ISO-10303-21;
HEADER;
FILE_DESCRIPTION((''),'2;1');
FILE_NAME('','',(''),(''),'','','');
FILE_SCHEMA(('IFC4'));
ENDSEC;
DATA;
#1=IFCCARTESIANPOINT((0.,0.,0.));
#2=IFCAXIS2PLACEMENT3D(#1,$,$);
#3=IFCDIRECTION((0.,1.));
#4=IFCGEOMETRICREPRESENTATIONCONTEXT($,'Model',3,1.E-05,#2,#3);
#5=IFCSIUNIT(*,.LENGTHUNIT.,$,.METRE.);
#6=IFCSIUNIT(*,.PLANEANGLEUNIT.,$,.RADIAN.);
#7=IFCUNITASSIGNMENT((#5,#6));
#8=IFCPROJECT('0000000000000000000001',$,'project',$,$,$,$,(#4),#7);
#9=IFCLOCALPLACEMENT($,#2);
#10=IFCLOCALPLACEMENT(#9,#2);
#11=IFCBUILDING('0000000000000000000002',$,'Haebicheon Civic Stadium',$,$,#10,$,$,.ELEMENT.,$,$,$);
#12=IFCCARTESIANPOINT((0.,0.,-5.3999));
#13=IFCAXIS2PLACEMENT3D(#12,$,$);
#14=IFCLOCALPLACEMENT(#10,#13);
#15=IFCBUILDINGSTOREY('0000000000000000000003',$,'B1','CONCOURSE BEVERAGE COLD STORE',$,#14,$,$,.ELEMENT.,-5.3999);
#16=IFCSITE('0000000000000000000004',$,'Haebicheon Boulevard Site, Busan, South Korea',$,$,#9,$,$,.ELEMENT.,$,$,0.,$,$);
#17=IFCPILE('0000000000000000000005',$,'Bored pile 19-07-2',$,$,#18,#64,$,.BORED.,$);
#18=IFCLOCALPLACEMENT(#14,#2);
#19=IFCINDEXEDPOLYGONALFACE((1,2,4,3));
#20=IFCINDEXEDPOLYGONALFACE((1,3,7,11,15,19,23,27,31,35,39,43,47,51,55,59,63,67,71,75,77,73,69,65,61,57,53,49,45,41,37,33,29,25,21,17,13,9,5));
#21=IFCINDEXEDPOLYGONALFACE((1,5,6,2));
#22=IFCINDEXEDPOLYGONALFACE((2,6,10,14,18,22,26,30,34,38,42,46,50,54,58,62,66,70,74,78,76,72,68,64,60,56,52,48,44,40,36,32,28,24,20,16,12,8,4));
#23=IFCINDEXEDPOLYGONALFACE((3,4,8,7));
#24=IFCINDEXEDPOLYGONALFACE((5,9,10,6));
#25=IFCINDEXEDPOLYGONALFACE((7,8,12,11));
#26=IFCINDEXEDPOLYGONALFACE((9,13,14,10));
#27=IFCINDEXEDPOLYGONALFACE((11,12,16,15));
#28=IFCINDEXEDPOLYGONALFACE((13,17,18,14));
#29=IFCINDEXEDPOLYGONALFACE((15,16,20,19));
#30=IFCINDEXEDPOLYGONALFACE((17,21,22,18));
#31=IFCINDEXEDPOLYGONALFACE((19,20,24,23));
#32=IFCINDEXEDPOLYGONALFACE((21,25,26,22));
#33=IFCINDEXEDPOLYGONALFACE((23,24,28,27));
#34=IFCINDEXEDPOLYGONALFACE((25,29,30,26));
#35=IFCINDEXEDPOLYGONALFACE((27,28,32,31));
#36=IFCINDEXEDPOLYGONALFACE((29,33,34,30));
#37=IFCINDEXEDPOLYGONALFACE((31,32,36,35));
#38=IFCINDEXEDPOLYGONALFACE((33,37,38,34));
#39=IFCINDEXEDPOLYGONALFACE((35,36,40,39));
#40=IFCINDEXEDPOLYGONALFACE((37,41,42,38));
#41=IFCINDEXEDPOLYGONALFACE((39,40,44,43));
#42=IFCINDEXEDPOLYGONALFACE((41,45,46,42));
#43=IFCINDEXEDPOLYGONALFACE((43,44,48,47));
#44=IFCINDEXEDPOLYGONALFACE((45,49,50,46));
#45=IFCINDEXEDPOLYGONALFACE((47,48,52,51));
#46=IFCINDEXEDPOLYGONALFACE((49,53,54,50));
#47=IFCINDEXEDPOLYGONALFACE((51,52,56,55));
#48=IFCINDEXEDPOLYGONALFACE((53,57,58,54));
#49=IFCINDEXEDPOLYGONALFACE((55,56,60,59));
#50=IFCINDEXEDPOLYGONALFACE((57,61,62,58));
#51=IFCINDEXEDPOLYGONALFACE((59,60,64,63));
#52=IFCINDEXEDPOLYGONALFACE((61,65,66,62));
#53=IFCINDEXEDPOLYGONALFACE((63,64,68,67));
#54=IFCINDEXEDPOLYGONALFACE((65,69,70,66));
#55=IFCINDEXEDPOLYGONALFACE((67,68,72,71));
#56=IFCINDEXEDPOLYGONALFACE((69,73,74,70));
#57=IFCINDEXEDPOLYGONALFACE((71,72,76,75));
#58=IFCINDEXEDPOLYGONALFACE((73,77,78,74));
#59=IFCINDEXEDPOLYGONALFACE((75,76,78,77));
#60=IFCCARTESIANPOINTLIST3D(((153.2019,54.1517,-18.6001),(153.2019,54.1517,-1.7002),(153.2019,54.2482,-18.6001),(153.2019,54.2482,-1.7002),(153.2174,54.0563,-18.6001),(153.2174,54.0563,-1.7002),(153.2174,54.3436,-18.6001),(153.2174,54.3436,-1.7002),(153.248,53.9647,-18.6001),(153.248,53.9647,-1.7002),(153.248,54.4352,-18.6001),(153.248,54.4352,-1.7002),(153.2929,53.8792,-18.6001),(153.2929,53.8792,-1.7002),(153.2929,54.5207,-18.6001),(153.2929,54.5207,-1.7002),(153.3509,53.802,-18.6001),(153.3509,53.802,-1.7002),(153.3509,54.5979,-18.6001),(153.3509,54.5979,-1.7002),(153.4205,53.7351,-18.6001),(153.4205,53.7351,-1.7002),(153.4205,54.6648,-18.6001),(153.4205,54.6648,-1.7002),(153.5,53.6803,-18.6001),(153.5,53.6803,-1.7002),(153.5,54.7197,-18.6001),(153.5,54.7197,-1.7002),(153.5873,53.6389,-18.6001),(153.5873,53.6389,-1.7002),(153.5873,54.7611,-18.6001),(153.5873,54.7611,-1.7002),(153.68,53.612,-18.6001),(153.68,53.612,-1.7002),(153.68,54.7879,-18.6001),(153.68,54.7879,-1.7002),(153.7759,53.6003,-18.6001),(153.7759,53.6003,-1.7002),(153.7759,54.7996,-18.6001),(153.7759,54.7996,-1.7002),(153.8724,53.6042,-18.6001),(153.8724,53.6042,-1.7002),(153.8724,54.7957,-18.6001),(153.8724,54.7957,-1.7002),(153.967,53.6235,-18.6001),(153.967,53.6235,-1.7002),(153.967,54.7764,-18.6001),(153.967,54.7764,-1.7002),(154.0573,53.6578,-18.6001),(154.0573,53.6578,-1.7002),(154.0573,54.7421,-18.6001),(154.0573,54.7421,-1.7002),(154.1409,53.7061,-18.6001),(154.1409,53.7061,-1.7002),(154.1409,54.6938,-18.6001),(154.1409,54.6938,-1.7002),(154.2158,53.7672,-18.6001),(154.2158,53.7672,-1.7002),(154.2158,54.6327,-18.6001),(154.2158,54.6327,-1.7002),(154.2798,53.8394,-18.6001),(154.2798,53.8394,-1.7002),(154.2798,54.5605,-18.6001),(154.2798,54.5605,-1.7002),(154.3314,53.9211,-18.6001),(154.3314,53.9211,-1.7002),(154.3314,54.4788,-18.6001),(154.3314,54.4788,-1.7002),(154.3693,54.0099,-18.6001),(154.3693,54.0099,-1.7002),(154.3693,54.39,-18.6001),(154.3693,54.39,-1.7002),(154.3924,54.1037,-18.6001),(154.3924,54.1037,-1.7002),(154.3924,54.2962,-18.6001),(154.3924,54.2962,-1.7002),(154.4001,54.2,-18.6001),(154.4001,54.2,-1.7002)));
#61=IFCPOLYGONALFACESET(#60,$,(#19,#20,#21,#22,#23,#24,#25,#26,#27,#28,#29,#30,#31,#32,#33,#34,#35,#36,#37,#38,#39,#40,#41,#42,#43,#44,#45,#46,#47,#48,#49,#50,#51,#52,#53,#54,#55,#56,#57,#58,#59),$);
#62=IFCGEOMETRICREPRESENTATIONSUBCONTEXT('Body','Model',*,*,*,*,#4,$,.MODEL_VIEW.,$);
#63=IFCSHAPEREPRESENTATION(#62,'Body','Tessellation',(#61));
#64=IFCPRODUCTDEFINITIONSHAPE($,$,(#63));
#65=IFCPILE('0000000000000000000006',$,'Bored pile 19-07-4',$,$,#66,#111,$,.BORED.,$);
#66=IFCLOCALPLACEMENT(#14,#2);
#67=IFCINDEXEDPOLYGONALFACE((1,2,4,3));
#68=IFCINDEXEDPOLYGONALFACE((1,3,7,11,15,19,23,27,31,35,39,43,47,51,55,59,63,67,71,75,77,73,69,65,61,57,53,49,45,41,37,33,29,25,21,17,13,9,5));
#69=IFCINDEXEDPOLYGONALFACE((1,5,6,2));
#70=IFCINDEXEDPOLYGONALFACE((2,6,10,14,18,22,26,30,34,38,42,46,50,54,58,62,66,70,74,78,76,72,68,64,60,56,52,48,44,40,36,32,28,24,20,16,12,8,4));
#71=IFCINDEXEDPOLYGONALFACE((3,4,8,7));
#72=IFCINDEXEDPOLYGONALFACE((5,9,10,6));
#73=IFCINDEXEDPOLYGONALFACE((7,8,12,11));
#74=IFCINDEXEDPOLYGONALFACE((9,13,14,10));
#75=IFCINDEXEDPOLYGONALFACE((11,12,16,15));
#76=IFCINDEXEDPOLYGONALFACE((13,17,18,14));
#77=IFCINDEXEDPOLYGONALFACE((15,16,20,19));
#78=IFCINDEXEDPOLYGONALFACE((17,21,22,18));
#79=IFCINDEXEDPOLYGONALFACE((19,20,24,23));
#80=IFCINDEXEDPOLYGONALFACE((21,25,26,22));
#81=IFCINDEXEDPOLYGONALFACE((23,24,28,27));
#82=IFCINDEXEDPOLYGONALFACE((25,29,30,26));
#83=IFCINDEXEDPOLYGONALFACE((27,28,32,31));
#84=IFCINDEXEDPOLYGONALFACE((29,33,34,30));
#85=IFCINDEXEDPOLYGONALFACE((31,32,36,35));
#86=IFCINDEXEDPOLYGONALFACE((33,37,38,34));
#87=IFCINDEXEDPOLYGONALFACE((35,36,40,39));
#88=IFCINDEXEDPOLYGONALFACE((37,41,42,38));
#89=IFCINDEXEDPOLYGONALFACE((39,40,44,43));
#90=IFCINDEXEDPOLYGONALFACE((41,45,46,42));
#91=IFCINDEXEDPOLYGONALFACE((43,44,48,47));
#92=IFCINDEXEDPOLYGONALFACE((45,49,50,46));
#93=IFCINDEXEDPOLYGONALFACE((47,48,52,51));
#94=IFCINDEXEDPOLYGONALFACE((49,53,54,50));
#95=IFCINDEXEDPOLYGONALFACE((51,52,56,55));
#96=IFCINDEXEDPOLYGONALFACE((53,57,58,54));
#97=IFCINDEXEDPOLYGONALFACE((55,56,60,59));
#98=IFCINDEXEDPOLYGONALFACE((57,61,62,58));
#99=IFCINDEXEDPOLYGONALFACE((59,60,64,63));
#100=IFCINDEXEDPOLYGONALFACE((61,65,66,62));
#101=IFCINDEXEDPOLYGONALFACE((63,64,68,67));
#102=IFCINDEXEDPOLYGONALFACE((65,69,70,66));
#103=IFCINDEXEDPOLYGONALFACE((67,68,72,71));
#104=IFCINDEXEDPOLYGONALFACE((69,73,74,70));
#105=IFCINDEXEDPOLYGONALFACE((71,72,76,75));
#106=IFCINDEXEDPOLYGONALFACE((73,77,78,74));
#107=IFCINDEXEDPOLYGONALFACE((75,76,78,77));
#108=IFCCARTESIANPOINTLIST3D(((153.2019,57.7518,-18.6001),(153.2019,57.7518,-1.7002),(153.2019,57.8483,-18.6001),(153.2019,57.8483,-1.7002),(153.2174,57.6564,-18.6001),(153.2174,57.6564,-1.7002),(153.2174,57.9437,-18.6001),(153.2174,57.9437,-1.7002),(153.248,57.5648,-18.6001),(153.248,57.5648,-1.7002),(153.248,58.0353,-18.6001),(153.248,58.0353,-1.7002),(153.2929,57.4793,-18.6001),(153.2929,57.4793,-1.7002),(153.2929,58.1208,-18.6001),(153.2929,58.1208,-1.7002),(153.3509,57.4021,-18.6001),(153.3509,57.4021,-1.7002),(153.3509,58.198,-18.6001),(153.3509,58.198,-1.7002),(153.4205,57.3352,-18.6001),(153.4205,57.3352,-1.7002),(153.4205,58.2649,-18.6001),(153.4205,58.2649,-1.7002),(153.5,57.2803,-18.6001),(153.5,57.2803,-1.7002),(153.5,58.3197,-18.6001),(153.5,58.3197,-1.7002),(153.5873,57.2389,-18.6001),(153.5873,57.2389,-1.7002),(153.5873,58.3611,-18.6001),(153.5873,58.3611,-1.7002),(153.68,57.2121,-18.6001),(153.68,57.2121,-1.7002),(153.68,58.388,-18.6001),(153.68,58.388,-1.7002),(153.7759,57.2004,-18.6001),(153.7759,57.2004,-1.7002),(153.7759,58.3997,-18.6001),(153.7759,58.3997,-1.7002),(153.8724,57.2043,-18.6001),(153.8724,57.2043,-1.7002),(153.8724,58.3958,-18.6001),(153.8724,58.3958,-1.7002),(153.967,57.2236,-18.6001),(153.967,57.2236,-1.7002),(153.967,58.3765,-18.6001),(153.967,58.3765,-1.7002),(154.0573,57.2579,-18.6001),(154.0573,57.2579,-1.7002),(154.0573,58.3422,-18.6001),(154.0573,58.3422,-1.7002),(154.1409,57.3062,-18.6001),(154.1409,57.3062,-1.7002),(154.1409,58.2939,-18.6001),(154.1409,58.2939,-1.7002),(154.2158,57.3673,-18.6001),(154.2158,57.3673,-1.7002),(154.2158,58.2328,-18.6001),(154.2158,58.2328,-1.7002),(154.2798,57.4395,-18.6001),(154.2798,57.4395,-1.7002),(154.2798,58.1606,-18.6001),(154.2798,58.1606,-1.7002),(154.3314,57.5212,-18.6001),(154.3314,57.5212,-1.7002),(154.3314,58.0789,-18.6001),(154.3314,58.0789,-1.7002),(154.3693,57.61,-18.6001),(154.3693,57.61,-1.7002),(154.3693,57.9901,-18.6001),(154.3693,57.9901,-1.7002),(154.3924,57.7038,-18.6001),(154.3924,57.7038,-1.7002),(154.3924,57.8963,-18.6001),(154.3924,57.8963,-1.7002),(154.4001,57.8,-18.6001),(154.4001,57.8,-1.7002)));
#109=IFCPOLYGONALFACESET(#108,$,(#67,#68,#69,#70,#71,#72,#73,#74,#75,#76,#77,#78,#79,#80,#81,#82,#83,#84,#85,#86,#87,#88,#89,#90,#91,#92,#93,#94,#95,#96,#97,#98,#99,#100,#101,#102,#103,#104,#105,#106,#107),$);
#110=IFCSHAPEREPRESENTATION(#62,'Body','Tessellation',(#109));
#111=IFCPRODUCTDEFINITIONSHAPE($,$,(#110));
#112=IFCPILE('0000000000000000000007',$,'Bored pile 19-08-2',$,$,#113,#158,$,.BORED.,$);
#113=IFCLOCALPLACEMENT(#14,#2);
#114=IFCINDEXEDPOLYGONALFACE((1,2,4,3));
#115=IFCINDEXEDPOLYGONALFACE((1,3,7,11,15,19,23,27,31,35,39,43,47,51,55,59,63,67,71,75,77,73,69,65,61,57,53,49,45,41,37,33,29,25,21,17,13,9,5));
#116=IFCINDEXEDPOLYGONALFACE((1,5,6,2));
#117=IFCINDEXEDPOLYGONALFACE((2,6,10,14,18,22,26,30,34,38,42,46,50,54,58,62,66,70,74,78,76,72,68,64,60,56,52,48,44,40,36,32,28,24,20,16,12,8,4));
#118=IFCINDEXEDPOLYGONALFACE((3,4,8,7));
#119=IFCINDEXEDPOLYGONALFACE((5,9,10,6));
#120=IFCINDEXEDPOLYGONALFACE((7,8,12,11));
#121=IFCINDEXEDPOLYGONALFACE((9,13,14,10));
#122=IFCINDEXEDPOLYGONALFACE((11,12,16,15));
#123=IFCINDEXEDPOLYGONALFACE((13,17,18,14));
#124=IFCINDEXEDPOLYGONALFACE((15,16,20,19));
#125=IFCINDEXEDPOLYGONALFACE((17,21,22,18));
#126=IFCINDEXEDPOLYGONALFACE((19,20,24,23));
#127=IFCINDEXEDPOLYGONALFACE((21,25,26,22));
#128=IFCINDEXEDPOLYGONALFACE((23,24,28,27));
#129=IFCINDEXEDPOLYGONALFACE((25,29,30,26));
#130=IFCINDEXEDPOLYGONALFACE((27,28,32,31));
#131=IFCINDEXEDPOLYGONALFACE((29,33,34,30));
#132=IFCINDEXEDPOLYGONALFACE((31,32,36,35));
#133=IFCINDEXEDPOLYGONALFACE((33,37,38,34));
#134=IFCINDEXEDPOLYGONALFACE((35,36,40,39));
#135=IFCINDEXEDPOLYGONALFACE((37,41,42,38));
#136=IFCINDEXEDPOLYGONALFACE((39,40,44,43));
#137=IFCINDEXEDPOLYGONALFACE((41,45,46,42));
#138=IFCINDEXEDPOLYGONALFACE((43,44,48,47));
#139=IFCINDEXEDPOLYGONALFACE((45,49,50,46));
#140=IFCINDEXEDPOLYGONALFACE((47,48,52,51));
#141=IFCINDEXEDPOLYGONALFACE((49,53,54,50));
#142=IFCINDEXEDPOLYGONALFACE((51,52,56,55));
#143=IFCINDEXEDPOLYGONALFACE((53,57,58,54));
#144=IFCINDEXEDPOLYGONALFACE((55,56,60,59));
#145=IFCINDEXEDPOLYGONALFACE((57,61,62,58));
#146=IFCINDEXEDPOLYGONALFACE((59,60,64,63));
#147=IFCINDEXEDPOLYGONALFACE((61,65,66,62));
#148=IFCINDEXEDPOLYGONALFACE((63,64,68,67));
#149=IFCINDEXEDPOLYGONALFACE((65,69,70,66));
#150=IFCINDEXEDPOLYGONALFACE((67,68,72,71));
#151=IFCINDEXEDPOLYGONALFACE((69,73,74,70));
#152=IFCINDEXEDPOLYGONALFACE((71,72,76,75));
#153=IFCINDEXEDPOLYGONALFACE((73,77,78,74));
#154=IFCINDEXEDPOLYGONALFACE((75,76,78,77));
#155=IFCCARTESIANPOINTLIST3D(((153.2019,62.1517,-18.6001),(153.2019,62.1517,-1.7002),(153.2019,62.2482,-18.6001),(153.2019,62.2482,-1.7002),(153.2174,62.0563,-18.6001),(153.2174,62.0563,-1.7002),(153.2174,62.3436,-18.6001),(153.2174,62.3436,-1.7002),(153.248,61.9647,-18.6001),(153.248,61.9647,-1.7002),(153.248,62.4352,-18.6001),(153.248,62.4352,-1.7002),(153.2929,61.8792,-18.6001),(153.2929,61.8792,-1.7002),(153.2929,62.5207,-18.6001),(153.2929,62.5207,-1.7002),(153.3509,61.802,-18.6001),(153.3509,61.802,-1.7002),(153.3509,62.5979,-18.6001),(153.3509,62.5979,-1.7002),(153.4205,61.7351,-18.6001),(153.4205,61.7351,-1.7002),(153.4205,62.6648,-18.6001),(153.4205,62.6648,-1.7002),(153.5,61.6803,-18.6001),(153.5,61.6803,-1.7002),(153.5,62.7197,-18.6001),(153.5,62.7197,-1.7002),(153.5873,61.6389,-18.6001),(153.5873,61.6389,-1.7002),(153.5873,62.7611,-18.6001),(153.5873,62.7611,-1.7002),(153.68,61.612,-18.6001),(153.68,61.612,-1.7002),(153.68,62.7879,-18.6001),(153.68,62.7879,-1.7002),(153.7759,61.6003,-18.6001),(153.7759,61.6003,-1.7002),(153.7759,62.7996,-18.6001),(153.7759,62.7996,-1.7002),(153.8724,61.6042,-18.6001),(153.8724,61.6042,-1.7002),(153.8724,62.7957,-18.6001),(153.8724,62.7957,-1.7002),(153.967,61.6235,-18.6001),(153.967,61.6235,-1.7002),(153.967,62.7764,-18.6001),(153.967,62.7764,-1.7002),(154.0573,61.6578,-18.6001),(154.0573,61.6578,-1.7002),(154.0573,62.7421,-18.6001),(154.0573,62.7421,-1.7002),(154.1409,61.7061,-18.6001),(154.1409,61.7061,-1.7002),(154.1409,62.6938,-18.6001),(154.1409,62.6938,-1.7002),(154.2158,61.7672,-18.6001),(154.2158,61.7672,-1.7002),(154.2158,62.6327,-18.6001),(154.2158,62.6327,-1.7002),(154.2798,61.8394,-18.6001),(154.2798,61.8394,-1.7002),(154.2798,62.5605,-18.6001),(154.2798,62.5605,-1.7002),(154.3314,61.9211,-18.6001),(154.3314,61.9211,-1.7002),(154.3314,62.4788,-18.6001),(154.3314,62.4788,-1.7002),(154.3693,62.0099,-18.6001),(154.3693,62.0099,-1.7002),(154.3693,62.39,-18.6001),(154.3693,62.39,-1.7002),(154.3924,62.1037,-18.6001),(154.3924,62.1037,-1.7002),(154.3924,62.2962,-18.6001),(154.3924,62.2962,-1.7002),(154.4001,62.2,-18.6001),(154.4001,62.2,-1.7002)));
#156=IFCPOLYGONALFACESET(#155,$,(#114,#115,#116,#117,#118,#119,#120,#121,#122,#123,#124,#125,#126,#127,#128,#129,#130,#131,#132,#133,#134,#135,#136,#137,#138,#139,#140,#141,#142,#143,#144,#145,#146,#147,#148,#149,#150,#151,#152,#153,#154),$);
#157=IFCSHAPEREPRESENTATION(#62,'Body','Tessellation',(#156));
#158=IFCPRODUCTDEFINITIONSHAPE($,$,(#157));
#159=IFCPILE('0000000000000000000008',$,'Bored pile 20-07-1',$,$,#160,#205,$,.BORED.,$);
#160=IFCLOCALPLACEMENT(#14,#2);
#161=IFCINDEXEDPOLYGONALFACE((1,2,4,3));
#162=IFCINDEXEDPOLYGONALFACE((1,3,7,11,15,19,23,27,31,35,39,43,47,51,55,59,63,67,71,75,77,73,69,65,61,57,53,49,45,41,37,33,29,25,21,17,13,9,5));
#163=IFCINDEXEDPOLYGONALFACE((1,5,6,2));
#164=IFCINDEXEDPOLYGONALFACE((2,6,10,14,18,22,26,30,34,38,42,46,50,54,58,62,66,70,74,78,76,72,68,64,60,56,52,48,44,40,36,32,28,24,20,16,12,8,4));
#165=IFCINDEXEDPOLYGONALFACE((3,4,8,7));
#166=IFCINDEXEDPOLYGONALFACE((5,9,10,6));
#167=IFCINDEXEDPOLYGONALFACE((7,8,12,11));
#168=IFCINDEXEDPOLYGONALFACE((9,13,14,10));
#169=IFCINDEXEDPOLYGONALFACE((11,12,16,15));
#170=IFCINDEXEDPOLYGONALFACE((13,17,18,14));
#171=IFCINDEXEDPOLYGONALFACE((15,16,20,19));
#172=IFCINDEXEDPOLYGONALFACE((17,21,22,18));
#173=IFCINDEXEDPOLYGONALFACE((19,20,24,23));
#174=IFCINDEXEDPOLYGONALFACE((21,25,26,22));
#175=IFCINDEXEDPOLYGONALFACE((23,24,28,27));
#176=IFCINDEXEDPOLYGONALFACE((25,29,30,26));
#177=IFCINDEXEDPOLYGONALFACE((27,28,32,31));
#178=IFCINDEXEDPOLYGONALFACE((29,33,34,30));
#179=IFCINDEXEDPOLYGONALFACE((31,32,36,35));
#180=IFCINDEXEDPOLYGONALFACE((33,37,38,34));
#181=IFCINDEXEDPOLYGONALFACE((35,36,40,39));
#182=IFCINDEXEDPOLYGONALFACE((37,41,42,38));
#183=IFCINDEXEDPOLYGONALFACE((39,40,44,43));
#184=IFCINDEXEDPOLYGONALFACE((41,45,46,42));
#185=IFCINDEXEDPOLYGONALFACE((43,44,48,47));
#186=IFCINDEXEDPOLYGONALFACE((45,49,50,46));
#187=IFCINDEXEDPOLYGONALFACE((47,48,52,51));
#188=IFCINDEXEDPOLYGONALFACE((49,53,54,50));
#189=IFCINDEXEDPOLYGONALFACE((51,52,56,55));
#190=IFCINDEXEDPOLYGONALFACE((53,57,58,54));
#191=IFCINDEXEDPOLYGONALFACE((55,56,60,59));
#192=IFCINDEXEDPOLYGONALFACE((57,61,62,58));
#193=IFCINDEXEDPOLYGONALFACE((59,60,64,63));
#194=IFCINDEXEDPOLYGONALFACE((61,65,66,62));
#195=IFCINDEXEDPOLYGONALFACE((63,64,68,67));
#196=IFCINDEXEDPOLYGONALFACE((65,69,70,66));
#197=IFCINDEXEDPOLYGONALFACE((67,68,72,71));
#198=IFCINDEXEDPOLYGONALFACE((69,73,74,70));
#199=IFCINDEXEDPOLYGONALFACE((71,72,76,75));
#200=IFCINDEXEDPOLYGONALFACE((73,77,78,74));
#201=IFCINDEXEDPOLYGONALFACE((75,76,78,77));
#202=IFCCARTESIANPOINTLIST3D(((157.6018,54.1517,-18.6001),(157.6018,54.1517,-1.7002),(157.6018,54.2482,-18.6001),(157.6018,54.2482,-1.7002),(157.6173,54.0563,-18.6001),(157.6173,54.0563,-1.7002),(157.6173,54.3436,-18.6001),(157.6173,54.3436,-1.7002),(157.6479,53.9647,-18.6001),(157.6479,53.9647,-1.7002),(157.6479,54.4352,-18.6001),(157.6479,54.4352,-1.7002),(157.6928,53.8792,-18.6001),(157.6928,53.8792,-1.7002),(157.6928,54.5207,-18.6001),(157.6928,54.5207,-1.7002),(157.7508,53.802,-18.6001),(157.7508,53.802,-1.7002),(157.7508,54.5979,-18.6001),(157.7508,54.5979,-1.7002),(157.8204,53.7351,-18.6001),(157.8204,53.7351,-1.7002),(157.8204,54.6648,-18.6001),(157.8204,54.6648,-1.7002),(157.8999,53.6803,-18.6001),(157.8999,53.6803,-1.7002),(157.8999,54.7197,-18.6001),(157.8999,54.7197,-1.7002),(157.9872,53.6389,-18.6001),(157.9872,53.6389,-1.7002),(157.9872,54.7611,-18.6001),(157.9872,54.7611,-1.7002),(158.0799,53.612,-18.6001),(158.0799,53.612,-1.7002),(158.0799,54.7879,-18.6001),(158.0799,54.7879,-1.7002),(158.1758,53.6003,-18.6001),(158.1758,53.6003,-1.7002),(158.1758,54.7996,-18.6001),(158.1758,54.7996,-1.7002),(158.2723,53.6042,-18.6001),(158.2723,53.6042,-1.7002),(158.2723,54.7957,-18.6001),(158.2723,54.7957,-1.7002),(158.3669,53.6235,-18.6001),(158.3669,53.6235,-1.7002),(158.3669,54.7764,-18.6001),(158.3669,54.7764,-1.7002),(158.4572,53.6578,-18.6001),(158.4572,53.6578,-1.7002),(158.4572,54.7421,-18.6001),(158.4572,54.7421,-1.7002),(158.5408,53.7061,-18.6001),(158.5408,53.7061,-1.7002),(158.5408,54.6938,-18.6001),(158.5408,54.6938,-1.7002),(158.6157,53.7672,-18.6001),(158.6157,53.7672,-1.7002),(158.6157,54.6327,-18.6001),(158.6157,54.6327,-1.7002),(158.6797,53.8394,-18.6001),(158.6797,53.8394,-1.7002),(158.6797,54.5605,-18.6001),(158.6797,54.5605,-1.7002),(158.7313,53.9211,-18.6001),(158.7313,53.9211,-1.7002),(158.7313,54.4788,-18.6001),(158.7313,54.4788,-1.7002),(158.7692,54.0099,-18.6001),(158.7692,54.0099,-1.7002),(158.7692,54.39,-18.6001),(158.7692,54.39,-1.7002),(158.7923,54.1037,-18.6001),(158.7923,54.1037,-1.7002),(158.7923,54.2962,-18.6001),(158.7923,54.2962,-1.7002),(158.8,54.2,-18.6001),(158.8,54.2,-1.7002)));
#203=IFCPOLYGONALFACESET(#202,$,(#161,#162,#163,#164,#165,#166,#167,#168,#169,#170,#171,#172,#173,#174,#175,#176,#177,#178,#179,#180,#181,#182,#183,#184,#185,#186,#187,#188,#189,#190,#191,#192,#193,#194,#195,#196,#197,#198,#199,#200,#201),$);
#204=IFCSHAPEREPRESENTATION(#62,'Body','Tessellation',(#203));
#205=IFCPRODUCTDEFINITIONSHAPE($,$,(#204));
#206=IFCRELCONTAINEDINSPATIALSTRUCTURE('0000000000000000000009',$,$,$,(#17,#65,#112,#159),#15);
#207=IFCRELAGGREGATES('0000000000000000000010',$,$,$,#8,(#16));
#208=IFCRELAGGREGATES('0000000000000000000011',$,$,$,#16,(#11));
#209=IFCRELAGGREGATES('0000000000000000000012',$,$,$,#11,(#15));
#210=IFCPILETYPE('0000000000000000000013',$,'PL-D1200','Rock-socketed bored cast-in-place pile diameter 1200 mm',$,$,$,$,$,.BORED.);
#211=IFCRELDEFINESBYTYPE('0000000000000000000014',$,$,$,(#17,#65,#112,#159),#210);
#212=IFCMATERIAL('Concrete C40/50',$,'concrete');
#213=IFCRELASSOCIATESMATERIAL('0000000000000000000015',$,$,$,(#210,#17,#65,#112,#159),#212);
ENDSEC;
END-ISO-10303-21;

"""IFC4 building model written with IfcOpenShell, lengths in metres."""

from ifc_helpers import new_model, si_unit, direction, frame, origin, origin_2d, place, context, subcontext, project, spatial, circle, extrude, material, material_profile, profile_set, type_object, element, save


model = new_model("IFC4")

# Units and contexts
model_context = context("Model", 3, precision=1e-05, world=origin(), true_north=direction((0.0, 1.0)))
body_context = subcontext(model_context, "Body", "Model", "MODEL_VIEW")
ifc_project = project(units=[si_unit("LENGTHUNIT", "METRE"), si_unit("PLANEANGLEUNIT", "RADIAN")], contexts=[model_context])

# Site, building, storey
site_placement = place(None, origin())
site = spatial("IfcSite", under=ifc_project, at=site_placement, Name="Haebicheon Boulevard Site, Busan, South Korea", CompositionType="ELEMENT", RefElevation=0.0)
building_placement = place(site_placement, origin())
building = spatial("IfcBuilding", under=site, at=building_placement, Name="Haebicheon Civic Stadium", CompositionType="ELEMENT")
storey_placement = place(building_placement, frame((0.0, 0.0, -5.3999)))
storey = spatial("IfcBuildingStorey", under=building, at=storey_placement, Name="B1", Description="CONCOURSE BEVERAGE COLD STORE", CompositionType="ELEMENT", Elevation=-5.3999)

# Piles
ifc_material_1 = material(Name="Concrete C40/50", Category="concrete")
ifc_material_profile_1 = material_profile(ifc_material_1, circle(Radius=0.6001, at=origin_2d()), Name="PILE-D1200")
ifc_profile_set_1 = profile_set([ifc_material_profile_1], Name="Concrete C40/50")
pile_type_1 = type_object("IfcPileType", Name="PL-D1200", Description="Rock-socketed bored cast-in-place pile diameter 1200 mm", PredefinedType="BORED", material=ifc_profile_set_1)
for number, where, z_axis, x_axis, name in (
    (1, (153.8, 54.2, -1.7002), (0.0, 0.0, -1.0), (1.0, 0.0, 0.0), "Bored pile 19-07-2"),
    (2, (153.8, 57.8, -1.7002), (0.0, 0.0, -1.0), (1.0, 0.0, 0.0), "Bored pile 19-07-4"),
    (3, (153.8, 62.2, -1.7002), (0.0, 0.0, -1.0), (1.0, 0.0, 0.0), "Bored pile 19-08-2"),
    (4, (158.2, 54.2, -1.7002), (0.0, 0.0, -1.0), (1.0, 0.0, 0.0), "Bored pile 20-07-1"),
):
    element("IfcPile", number, at=place(storey_placement, frame(where, z_axis=z_axis, x_axis=x_axis)), inside=storey, type_object=pile_type_1, material=ifc_profile_set_1, Name=name, PredefinedType="BORED", context=body_context, shape_type="SweptSolid", body=[
        extrude(circle(Radius=0.6001, at=origin_2d()), origin(), (0.0, 0.0, 1.0), 16.8999),
    ])

save(model, "model.ifc")
